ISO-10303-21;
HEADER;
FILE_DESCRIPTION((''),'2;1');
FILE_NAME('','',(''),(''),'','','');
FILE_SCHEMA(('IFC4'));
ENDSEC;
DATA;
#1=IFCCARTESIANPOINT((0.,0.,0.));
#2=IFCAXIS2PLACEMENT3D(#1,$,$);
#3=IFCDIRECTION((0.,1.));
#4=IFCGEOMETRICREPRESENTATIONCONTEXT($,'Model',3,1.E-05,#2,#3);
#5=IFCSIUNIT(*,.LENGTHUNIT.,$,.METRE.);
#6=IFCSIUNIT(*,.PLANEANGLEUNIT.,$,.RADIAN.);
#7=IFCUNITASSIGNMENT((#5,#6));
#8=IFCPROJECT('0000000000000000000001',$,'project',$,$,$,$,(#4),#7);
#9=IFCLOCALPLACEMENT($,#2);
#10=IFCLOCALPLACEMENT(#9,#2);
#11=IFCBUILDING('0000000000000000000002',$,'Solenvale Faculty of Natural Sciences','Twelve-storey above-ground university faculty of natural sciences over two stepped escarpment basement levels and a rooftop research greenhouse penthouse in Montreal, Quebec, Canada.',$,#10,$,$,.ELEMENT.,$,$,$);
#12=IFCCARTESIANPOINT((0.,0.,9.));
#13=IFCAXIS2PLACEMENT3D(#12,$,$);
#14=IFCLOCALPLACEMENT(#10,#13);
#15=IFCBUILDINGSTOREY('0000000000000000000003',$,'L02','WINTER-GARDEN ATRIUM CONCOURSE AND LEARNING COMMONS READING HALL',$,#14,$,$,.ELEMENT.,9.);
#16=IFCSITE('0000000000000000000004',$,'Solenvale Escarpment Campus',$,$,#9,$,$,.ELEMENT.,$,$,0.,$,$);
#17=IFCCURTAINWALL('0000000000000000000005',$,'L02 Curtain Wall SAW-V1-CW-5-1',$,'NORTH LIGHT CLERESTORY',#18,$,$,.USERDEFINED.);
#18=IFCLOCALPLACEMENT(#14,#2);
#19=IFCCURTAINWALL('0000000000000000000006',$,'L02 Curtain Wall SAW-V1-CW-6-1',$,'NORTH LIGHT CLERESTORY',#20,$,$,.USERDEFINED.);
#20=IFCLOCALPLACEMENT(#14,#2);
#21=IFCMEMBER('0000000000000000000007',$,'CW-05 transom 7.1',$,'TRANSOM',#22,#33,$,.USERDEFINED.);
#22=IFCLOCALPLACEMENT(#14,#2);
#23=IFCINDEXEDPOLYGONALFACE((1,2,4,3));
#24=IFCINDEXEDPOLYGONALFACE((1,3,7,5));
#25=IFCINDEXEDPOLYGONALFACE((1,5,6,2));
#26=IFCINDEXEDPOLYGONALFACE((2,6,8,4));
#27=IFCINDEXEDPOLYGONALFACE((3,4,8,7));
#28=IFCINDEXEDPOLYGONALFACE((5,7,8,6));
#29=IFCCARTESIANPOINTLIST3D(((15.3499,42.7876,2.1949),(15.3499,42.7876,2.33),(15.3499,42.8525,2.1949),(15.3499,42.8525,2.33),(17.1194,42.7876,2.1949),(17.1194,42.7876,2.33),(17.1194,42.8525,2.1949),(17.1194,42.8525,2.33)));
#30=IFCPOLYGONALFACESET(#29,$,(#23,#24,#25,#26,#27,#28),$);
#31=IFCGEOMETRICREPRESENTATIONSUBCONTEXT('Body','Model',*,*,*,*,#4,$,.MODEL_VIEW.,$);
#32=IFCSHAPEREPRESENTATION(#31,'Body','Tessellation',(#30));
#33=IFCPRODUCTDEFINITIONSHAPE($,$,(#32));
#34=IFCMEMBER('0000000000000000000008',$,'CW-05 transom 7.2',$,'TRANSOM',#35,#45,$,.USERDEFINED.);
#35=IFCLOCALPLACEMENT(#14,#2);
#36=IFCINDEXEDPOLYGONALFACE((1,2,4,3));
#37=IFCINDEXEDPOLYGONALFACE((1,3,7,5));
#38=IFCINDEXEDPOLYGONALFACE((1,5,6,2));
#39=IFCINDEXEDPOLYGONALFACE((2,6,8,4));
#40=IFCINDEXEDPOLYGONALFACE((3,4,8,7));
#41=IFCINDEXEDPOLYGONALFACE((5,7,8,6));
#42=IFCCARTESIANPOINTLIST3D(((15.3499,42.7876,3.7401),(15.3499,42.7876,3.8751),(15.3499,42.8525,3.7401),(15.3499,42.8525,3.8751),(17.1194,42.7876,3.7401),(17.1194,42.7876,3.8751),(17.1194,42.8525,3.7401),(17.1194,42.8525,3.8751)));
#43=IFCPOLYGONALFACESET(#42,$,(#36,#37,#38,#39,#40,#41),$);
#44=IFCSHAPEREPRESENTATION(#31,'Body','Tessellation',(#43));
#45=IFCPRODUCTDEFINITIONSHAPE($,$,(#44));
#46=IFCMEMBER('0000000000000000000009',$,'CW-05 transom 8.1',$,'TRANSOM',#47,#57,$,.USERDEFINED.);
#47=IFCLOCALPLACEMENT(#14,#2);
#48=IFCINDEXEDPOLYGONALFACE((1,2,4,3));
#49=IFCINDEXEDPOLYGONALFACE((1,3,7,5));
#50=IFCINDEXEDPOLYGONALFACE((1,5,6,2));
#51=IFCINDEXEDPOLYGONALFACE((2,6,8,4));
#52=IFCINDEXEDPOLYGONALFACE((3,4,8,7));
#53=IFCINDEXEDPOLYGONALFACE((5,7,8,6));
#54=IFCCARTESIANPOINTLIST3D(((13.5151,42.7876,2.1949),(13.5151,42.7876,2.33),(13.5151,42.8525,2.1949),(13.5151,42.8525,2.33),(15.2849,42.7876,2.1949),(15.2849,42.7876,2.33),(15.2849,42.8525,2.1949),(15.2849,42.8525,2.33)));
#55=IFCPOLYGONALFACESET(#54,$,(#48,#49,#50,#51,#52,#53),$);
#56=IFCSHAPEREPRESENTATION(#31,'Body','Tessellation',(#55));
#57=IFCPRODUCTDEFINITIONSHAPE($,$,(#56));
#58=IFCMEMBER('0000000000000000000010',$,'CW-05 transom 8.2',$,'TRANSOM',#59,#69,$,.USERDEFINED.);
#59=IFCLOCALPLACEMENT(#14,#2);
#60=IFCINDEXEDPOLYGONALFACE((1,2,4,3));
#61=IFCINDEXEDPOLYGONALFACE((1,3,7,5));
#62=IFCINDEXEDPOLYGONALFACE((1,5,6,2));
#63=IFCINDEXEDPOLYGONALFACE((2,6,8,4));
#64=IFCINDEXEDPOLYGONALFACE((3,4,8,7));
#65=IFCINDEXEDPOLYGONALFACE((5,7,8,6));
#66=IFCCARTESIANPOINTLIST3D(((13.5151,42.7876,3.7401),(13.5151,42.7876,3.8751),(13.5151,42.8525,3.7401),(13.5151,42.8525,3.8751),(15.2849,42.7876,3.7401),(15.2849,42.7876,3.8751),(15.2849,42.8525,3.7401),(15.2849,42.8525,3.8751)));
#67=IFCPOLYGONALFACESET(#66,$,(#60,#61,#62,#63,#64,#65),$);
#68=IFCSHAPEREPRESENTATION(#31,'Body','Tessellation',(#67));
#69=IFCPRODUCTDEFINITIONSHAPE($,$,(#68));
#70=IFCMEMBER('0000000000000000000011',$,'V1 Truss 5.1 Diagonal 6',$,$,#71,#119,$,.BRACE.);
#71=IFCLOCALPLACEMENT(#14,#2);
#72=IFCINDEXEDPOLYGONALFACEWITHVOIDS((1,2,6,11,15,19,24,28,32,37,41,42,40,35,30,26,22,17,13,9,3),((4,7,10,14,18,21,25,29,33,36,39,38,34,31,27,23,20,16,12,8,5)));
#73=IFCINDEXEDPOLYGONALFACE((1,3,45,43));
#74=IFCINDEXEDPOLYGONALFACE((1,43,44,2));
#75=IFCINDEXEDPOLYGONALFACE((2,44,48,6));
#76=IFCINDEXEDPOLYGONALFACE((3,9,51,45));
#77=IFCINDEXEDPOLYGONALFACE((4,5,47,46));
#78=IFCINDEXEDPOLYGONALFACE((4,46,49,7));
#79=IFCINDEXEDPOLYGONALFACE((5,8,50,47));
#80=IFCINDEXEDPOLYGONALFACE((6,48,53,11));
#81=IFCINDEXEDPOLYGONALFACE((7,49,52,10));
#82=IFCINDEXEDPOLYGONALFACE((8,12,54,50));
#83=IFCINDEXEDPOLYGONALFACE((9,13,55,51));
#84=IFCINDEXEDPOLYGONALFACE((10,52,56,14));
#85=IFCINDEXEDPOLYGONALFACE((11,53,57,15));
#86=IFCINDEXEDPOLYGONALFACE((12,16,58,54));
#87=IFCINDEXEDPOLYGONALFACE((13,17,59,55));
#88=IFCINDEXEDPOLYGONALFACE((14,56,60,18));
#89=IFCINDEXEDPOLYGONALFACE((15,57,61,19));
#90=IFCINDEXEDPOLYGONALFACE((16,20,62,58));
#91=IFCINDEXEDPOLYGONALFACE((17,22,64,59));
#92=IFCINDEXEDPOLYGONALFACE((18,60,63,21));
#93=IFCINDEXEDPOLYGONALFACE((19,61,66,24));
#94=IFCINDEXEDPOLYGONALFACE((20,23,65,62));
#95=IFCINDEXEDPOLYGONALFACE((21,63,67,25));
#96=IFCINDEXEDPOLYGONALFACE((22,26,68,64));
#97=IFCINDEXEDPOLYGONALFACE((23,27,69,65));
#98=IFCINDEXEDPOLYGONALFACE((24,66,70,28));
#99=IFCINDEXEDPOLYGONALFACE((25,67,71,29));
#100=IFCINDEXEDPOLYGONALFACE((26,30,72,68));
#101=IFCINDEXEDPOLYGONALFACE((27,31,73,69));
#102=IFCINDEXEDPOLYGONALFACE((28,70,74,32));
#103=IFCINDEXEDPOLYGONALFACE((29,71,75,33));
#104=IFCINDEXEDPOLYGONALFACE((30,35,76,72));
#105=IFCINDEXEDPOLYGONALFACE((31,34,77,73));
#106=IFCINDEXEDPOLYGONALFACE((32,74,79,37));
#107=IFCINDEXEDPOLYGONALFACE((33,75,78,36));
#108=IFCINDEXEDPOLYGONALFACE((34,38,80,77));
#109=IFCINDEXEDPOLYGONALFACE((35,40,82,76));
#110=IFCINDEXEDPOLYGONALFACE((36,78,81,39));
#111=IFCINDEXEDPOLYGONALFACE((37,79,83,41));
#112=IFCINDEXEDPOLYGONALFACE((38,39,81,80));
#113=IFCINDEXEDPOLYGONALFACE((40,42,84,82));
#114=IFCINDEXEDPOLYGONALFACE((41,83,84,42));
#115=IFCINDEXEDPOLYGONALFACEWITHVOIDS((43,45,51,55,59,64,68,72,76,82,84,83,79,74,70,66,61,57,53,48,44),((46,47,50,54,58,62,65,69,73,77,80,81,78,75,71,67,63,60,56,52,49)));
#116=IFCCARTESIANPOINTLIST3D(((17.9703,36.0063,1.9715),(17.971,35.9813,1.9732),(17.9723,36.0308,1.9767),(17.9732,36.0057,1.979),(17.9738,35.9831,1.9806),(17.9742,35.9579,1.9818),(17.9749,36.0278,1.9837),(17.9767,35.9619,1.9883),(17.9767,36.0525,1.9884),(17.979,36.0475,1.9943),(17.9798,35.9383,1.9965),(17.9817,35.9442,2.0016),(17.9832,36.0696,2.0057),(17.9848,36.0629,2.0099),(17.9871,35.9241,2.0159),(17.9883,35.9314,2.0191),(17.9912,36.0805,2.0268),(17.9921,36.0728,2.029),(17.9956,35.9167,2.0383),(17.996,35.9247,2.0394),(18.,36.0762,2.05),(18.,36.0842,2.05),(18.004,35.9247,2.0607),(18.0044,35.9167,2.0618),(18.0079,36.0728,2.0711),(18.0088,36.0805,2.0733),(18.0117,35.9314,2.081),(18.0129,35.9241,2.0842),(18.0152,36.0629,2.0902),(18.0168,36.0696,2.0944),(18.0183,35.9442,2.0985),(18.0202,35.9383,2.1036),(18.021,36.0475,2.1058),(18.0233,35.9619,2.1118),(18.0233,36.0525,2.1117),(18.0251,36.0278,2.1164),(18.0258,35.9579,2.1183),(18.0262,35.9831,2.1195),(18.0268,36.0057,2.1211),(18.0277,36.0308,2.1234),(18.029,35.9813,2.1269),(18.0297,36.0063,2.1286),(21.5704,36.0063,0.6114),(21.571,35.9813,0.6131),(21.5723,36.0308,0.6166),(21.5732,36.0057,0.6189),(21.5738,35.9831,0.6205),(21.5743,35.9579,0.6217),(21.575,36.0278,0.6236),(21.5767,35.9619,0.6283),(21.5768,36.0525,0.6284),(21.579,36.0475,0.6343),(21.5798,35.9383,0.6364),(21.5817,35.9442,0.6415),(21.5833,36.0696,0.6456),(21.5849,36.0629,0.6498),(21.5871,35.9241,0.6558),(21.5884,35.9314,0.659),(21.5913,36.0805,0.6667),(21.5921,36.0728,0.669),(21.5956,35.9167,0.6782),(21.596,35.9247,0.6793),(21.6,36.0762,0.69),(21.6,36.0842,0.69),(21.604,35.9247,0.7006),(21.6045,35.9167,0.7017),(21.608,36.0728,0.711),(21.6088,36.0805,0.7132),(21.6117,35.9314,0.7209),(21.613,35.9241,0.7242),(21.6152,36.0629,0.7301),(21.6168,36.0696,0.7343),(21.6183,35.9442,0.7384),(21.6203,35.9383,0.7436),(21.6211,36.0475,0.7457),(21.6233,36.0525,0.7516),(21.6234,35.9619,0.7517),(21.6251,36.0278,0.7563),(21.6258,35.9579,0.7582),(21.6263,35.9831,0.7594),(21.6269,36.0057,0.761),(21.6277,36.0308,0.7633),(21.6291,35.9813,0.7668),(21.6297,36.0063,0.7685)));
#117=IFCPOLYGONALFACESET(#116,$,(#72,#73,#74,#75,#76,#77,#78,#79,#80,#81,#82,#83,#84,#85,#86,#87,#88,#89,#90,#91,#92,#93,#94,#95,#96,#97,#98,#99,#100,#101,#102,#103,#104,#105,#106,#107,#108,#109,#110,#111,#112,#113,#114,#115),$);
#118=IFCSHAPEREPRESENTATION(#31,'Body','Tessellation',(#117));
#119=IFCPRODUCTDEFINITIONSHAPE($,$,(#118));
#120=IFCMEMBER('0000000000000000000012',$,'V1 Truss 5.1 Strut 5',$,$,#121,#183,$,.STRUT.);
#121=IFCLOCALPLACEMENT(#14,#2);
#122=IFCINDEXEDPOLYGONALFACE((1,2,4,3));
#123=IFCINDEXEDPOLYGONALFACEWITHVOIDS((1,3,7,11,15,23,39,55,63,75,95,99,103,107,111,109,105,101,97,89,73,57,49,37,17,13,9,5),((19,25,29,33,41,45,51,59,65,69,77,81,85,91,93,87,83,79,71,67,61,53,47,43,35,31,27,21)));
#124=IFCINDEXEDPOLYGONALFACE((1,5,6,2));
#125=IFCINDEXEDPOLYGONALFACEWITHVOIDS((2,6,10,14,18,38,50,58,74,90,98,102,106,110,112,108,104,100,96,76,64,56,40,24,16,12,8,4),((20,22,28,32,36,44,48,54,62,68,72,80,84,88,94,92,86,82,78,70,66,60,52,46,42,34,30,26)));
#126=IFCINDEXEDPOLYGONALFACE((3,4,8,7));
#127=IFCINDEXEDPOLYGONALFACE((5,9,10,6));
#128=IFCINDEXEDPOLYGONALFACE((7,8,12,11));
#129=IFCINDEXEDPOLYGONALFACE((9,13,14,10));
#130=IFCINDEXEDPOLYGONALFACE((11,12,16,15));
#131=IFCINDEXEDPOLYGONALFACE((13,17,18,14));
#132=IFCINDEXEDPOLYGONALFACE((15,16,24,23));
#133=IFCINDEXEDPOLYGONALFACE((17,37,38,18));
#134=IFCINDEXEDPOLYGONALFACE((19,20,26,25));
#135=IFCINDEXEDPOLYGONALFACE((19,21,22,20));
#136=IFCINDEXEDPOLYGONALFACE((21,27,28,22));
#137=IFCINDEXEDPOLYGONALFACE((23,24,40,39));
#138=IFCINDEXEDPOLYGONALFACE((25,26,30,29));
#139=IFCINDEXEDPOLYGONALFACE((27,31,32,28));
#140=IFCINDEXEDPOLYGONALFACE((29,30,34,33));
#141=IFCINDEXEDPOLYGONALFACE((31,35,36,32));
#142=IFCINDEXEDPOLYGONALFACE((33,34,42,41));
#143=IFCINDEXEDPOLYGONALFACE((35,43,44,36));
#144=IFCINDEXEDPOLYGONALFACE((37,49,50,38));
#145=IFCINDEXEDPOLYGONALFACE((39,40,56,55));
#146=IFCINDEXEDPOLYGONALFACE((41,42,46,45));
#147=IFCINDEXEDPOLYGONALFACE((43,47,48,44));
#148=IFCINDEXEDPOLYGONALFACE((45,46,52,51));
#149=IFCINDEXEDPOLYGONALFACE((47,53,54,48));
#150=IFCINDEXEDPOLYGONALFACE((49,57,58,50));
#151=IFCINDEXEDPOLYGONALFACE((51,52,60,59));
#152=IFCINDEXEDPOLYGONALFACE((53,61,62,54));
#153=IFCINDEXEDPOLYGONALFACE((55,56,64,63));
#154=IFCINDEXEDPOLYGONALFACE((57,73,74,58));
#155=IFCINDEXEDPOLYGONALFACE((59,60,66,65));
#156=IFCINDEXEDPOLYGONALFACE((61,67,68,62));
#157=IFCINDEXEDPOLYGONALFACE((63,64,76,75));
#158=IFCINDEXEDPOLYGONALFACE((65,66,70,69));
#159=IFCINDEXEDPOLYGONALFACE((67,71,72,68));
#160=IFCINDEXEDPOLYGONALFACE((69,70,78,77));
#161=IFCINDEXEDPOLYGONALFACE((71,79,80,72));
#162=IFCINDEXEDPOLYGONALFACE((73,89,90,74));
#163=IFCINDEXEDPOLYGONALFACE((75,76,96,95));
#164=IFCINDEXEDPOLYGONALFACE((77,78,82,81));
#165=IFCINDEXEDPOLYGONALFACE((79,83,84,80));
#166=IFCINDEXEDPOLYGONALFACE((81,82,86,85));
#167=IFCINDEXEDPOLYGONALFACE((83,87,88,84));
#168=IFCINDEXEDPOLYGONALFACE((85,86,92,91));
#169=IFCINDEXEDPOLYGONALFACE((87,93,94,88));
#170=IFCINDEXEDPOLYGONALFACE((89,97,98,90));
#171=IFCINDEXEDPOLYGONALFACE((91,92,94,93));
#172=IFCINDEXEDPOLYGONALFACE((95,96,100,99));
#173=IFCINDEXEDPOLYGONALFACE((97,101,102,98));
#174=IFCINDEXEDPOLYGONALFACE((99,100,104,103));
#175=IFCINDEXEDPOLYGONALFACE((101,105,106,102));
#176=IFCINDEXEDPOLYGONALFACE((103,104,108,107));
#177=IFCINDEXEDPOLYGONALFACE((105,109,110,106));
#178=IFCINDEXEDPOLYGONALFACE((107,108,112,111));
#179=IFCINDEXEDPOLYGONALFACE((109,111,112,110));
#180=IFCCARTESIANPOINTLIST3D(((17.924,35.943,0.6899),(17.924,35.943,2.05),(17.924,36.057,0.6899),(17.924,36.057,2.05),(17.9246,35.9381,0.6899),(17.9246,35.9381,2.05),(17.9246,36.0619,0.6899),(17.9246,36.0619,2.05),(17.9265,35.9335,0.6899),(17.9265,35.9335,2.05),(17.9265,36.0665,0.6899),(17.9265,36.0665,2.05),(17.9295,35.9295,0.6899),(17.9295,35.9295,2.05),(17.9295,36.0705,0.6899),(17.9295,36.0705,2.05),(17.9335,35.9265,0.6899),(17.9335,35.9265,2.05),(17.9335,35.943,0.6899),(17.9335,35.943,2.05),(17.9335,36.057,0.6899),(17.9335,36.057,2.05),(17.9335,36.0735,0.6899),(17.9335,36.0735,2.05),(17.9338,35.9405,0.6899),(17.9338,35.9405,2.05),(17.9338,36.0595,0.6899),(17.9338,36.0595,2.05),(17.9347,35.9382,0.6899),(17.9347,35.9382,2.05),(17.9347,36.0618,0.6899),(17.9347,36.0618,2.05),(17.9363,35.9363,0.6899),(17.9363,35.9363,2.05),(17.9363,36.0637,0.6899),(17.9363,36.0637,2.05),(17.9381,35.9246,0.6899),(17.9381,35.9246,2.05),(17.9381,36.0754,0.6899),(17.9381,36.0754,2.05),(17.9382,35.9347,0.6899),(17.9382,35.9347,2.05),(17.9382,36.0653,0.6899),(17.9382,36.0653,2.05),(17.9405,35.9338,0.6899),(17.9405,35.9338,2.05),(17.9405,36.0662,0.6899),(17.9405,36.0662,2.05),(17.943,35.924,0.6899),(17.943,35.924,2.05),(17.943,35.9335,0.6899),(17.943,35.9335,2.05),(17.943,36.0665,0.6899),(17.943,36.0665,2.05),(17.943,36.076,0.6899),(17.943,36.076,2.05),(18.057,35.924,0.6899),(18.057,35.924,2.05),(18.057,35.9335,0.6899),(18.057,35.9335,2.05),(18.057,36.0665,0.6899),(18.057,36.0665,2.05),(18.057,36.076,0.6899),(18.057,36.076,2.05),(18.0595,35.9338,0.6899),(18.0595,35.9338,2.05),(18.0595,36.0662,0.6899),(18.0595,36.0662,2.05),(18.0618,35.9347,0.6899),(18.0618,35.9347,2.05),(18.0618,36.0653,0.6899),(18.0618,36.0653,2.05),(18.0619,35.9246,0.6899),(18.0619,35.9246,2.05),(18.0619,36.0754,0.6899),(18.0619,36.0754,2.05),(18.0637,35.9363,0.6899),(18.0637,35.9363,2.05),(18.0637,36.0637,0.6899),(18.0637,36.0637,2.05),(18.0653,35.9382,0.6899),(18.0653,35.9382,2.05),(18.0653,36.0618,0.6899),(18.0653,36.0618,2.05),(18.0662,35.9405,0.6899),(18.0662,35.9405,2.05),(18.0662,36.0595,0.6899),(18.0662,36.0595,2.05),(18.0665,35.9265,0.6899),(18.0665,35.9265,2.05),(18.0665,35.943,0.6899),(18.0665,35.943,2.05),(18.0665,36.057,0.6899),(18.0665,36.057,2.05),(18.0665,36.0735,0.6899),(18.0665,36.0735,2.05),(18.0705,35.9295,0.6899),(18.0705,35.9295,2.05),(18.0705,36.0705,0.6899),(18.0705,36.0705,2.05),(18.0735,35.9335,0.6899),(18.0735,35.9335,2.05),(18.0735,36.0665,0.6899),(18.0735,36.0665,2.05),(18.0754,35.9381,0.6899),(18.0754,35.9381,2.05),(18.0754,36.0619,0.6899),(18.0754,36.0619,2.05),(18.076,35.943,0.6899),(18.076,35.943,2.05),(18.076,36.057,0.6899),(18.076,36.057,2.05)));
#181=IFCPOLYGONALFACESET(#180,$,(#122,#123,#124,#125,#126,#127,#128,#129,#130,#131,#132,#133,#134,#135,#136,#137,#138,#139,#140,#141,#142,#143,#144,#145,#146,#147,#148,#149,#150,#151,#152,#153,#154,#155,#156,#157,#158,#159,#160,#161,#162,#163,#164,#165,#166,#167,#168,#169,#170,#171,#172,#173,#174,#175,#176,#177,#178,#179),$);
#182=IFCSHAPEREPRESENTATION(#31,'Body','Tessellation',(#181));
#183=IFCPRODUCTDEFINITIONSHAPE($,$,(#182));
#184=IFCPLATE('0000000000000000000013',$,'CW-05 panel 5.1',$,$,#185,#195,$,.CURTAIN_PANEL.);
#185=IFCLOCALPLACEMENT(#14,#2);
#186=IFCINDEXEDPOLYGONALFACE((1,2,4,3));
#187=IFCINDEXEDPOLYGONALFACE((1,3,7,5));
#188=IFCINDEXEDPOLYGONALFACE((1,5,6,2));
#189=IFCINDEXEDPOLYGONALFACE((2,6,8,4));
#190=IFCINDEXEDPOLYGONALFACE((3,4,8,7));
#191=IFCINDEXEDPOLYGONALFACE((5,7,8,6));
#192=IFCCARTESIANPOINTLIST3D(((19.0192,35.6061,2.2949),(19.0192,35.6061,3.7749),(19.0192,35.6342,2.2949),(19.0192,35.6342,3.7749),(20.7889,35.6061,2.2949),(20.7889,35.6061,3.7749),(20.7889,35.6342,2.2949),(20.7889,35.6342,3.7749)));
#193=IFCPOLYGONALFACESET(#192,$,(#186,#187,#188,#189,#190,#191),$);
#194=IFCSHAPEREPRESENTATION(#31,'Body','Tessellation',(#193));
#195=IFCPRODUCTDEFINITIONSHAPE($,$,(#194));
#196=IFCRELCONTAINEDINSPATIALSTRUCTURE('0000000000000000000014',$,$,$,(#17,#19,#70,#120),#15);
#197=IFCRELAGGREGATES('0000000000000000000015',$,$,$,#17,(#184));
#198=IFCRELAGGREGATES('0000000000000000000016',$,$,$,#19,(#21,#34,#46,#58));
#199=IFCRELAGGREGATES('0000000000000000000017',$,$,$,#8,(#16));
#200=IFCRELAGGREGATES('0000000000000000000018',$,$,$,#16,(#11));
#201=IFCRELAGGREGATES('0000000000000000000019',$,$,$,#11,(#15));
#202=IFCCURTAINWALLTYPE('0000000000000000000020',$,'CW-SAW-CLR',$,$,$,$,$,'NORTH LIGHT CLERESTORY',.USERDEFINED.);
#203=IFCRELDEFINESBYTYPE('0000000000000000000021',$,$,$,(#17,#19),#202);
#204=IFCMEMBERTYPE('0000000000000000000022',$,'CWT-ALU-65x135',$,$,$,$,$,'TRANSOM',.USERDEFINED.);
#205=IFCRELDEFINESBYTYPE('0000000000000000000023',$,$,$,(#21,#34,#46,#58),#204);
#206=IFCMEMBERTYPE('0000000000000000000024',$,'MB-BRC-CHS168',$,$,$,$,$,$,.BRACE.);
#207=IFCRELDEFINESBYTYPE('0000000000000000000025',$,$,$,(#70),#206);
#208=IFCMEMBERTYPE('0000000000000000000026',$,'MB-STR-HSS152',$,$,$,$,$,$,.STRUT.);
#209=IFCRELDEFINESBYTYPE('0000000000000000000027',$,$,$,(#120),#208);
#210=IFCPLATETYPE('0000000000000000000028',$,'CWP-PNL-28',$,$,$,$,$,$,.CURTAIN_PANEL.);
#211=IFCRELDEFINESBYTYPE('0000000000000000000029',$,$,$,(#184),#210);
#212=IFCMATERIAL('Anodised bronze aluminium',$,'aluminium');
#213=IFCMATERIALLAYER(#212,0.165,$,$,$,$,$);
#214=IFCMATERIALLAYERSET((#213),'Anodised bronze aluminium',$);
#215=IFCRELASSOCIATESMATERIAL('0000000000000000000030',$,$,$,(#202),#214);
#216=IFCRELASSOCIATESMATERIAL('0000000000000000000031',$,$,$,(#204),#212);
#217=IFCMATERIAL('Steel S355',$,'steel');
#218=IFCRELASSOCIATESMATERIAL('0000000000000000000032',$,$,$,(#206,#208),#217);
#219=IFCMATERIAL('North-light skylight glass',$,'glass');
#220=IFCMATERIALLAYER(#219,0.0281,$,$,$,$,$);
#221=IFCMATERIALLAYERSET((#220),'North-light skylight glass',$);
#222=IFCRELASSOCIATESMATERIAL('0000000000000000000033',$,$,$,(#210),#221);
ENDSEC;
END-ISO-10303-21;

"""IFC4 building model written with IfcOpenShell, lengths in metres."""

from ifc_helpers import new_model, si_unit, direction, frame, origin, origin_2d, place, context, subcontext, project, spatial, rectangle, hollow_rectangle, hollow_circle, extrude, material, layer, layer_set, material_profile, profile_set, type_object, element, aggregate, save


model = new_model("IFC4")

# Units and contexts
model_context = context("Model", 3, precision=1e-05, world=origin(), true_north=direction((0.0, 1.0)))
body_context = subcontext(model_context, "Body", "Model", "MODEL_VIEW")
ifc_project = project(units=[si_unit("LENGTHUNIT", "METRE"), si_unit("PLANEANGLEUNIT", "RADIAN")], contexts=[model_context])

# Site, building, storey
site_placement = place(None, origin())
site = spatial("IfcSite", under=ifc_project, at=site_placement, Name="Solenvale Escarpment Campus", CompositionType="ELEMENT", RefElevation=0.0)
building_placement = place(site_placement, origin())
building = spatial("IfcBuilding", under=site, at=building_placement, Name="Solenvale Faculty of Natural Sciences", Description="Twelve-storey above-ground university faculty of natural sciences over two stepped escarpment basement levels and a rooftop research greenhouse penthouse in Montreal, Quebec, Canada.", CompositionType="ELEMENT")
storey_placement = place(building_placement, frame((0.0, 0.0, 9.0)))
storey = spatial("IfcBuildingStorey", under=building, at=storey_placement, Name="L02", Description="WINTER-GARDEN ATRIUM CONCOURSE AND LEARNING COMMONS READING HALL", CompositionType="ELEMENT", Elevation=9.0)

# Curtain walls
ifc_material_1 = material(Name="Anodised bronze aluminium", Category="aluminium")
ifc_layer_1 = layer(ifc_material_1, 0.165)
ifc_layer_set_1 = layer_set([ifc_layer_1], Name="Anodised bronze aluminium")
curtain_wall_type = type_object("IfcCurtainWallType", Name="CW-SAW-CLR", ElementType="NORTH LIGHT CLERESTORY", PredefinedType="USERDEFINED", material=ifc_layer_set_1)
curtain_wall_1_placement = place(storey_placement, origin())
curtain_wall_1 = element("IfcCurtainWall", 1, at=curtain_wall_1_placement, inside=storey, type_object=curtain_wall_type, Name="L02 Curtain Wall SAW-V1-CW-5-1", ObjectType="NORTH LIGHT CLERESTORY", PredefinedType="USERDEFINED")
curtain_wall_2_placement = place(storey_placement, origin())
curtain_wall_2 = element("IfcCurtainWall", 2, at=curtain_wall_2_placement, inside=storey, type_object=curtain_wall_type, Name="L02 Curtain Wall SAW-V1-CW-6-1", ObjectType="NORTH LIGHT CLERESTORY", PredefinedType="USERDEFINED")

# Members
ifc_material_profile_1 = material_profile(ifc_material_1, rectangle(XDim=0.0649, YDim=0.135, at=origin_2d()), Name="ALU-TRN-65x135")
ifc_profile_set_1 = profile_set([ifc_material_profile_1], Name="Anodised bronze aluminium")
member_type_1 = type_object("IfcMemberType", Name="CWT-ALU-65x135", ElementType="TRANSOM", PredefinedType="USERDEFINED", material=ifc_profile_set_1)
member_1_placement = place(storey_placement, frame((17.1194, 42.8201, 2.2625), z_axis=(-1.0, 0.0, 0.0), x_axis=(0.0, -1.0, 0.0)))
member_1 = element("IfcMember", 3, at=member_1_placement, type_object=member_type_1, Name="CW-05 transom 7.1", ObjectType="TRANSOM", PredefinedType="USERDEFINED", context=body_context, shape_type="SweptSolid", body=[
    extrude(rectangle(XDim=0.0649, YDim=0.135, at=origin_2d()), origin(), (0.0, 0.0, 1.0), 1.7695),
])
member_2_placement = place(storey_placement, frame((17.1194, 42.8201, 3.8076), z_axis=(-1.0, 0.0, 0.0), x_axis=(0.0, -1.0, 0.0)))
member_2 = element("IfcMember", 4, at=member_2_placement, type_object=member_type_1, Name="CW-05 transom 7.2", ObjectType="TRANSOM", PredefinedType="USERDEFINED", context=body_context, shape_type="SweptSolid", body=[
    extrude(rectangle(XDim=0.0649, YDim=0.135, at=origin_2d()), origin(), (0.0, 0.0, 1.0), 1.7695),
])
member_3_placement = place(storey_placement, frame((15.2849, 42.8201, 2.2625), z_axis=(-1.0, 0.0, 0.0), x_axis=(0.0, -1.0, 0.0)))
member_3 = element("IfcMember", 5, at=member_3_placement, type_object=member_type_1, Name="CW-05 transom 8.1", ObjectType="TRANSOM", PredefinedType="USERDEFINED", context=body_context, shape_type="SweptSolid", body=[
    extrude(rectangle(XDim=0.0649, YDim=0.135, at=origin_2d()), origin(), (0.0, 0.0, 1.0), 1.7698),
])
member_4_placement = place(storey_placement, frame((15.2849, 42.8201, 3.8076), z_axis=(-1.0, 0.0, 0.0), x_axis=(0.0, -1.0, 0.0)))
member_4 = element("IfcMember", 6, at=member_4_placement, type_object=member_type_1, Name="CW-05 transom 8.2", ObjectType="TRANSOM", PredefinedType="USERDEFINED", context=body_context, shape_type="SweptSolid", body=[
    extrude(rectangle(XDim=0.0649, YDim=0.135, at=origin_2d()), origin(), (0.0, 0.0, 1.0), 1.7698),
])

# Members
ifc_material_2 = material(Name="Steel S355", Category="steel")
ifc_material_profile_2 = material_profile(ifc_material_2, hollow_circle(Radius=0.0842, WallThickness=0.0081, at=origin_2d()), Name="HSS168x8.0")
ifc_profile_set_2 = profile_set([ifc_material_profile_2], Name="Steel S355")
member_type_2 = type_object("IfcMemberType", Name="MB-BRC-CHS168", PredefinedType="BRACE", material=ifc_profile_set_2)
member_5_placement = place(storey_placement, frame((18.0, 36.0, 2.05), z_axis=(0.935466, 0.0, -0.353417), x_axis=(0.0, 1.0, 0.0)))
element("IfcMember", 7, at=member_5_placement, inside=storey, type_object=member_type_2, Name="V1 Truss 5.1 Diagonal 6", PredefinedType="BRACE", context=body_context, shape_type="SweptSolid", body=[
    extrude(hollow_circle(Radius=0.0842, WallThickness=0.0081, at=origin_2d()), origin(), (0.0, 0.0, 1.0), 3.8484),
])
ifc_material_profile_3 = material_profile(ifc_material_2, hollow_rectangle(XDim=0.1521, YDim=0.1521, WallThickness=0.0095, InnerFilletRadius=0.0095, OuterFilletRadius=0.019, at=origin_2d()), Name="HSS152x152x9.5")
ifc_profile_set_3 = profile_set([ifc_material_profile_3], Name="Steel S355")
member_type_3 = type_object("IfcMemberType", Name="MB-STR-HSS152", PredefinedType="STRUT", material=ifc_profile_set_3)
member_6_placement = place(storey_placement, frame((18.0, 36.0, 0.6899), z_axis=(0.0, 0.0, 1.0), x_axis=(1.0, 0.0, 0.0)))
element("IfcMember", 8, at=member_6_placement, inside=storey, type_object=member_type_3, Name="V1 Truss 5.1 Strut 5", PredefinedType="STRUT", context=body_context, shape_type="SweptSolid", body=[
    extrude(hollow_rectangle(XDim=0.1521, YDim=0.1521, WallThickness=0.0095, InnerFilletRadius=0.0095, OuterFilletRadius=0.019, at=origin_2d()), origin(), (0.0, 0.0, 1.0), 1.3601),
])

# Plate
ifc_material_3 = material(Name="North-light skylight glass", Category="glass")
ifc_layer_2 = layer(ifc_material_3, 0.0281)
ifc_layer_set_2 = layer_set([ifc_layer_2], Name="North-light skylight glass")
plate_type_1 = type_object("IfcPlateType", Name="CWP-PNL-28", PredefinedType="CURTAIN_PANEL", material=ifc_layer_set_2)
plate_1_placement = place(storey_placement, frame((19.9041, 35.6201, 2.2949), z_axis=(0.0, 0.0, 1.0), x_axis=(-1.0, 0.0, 0.0)))
plate_1 = element("IfcPlate", 9, at=plate_1_placement, type_object=plate_type_1, Name="CW-05 panel 5.1", PredefinedType="CURTAIN_PANEL", context=body_context, shape_type="SweptSolid", body=[
    extrude(rectangle(XDim=1.7698, YDim=0.0281, at=origin_2d()), origin(), (0.0, 0.0, 1.0), 1.48),
])
aggregate(curtain_wall_1, [plate_1])
aggregate(curtain_wall_2, [member_1, member_2, member_3, member_4])

save(model, "model.ifc")
